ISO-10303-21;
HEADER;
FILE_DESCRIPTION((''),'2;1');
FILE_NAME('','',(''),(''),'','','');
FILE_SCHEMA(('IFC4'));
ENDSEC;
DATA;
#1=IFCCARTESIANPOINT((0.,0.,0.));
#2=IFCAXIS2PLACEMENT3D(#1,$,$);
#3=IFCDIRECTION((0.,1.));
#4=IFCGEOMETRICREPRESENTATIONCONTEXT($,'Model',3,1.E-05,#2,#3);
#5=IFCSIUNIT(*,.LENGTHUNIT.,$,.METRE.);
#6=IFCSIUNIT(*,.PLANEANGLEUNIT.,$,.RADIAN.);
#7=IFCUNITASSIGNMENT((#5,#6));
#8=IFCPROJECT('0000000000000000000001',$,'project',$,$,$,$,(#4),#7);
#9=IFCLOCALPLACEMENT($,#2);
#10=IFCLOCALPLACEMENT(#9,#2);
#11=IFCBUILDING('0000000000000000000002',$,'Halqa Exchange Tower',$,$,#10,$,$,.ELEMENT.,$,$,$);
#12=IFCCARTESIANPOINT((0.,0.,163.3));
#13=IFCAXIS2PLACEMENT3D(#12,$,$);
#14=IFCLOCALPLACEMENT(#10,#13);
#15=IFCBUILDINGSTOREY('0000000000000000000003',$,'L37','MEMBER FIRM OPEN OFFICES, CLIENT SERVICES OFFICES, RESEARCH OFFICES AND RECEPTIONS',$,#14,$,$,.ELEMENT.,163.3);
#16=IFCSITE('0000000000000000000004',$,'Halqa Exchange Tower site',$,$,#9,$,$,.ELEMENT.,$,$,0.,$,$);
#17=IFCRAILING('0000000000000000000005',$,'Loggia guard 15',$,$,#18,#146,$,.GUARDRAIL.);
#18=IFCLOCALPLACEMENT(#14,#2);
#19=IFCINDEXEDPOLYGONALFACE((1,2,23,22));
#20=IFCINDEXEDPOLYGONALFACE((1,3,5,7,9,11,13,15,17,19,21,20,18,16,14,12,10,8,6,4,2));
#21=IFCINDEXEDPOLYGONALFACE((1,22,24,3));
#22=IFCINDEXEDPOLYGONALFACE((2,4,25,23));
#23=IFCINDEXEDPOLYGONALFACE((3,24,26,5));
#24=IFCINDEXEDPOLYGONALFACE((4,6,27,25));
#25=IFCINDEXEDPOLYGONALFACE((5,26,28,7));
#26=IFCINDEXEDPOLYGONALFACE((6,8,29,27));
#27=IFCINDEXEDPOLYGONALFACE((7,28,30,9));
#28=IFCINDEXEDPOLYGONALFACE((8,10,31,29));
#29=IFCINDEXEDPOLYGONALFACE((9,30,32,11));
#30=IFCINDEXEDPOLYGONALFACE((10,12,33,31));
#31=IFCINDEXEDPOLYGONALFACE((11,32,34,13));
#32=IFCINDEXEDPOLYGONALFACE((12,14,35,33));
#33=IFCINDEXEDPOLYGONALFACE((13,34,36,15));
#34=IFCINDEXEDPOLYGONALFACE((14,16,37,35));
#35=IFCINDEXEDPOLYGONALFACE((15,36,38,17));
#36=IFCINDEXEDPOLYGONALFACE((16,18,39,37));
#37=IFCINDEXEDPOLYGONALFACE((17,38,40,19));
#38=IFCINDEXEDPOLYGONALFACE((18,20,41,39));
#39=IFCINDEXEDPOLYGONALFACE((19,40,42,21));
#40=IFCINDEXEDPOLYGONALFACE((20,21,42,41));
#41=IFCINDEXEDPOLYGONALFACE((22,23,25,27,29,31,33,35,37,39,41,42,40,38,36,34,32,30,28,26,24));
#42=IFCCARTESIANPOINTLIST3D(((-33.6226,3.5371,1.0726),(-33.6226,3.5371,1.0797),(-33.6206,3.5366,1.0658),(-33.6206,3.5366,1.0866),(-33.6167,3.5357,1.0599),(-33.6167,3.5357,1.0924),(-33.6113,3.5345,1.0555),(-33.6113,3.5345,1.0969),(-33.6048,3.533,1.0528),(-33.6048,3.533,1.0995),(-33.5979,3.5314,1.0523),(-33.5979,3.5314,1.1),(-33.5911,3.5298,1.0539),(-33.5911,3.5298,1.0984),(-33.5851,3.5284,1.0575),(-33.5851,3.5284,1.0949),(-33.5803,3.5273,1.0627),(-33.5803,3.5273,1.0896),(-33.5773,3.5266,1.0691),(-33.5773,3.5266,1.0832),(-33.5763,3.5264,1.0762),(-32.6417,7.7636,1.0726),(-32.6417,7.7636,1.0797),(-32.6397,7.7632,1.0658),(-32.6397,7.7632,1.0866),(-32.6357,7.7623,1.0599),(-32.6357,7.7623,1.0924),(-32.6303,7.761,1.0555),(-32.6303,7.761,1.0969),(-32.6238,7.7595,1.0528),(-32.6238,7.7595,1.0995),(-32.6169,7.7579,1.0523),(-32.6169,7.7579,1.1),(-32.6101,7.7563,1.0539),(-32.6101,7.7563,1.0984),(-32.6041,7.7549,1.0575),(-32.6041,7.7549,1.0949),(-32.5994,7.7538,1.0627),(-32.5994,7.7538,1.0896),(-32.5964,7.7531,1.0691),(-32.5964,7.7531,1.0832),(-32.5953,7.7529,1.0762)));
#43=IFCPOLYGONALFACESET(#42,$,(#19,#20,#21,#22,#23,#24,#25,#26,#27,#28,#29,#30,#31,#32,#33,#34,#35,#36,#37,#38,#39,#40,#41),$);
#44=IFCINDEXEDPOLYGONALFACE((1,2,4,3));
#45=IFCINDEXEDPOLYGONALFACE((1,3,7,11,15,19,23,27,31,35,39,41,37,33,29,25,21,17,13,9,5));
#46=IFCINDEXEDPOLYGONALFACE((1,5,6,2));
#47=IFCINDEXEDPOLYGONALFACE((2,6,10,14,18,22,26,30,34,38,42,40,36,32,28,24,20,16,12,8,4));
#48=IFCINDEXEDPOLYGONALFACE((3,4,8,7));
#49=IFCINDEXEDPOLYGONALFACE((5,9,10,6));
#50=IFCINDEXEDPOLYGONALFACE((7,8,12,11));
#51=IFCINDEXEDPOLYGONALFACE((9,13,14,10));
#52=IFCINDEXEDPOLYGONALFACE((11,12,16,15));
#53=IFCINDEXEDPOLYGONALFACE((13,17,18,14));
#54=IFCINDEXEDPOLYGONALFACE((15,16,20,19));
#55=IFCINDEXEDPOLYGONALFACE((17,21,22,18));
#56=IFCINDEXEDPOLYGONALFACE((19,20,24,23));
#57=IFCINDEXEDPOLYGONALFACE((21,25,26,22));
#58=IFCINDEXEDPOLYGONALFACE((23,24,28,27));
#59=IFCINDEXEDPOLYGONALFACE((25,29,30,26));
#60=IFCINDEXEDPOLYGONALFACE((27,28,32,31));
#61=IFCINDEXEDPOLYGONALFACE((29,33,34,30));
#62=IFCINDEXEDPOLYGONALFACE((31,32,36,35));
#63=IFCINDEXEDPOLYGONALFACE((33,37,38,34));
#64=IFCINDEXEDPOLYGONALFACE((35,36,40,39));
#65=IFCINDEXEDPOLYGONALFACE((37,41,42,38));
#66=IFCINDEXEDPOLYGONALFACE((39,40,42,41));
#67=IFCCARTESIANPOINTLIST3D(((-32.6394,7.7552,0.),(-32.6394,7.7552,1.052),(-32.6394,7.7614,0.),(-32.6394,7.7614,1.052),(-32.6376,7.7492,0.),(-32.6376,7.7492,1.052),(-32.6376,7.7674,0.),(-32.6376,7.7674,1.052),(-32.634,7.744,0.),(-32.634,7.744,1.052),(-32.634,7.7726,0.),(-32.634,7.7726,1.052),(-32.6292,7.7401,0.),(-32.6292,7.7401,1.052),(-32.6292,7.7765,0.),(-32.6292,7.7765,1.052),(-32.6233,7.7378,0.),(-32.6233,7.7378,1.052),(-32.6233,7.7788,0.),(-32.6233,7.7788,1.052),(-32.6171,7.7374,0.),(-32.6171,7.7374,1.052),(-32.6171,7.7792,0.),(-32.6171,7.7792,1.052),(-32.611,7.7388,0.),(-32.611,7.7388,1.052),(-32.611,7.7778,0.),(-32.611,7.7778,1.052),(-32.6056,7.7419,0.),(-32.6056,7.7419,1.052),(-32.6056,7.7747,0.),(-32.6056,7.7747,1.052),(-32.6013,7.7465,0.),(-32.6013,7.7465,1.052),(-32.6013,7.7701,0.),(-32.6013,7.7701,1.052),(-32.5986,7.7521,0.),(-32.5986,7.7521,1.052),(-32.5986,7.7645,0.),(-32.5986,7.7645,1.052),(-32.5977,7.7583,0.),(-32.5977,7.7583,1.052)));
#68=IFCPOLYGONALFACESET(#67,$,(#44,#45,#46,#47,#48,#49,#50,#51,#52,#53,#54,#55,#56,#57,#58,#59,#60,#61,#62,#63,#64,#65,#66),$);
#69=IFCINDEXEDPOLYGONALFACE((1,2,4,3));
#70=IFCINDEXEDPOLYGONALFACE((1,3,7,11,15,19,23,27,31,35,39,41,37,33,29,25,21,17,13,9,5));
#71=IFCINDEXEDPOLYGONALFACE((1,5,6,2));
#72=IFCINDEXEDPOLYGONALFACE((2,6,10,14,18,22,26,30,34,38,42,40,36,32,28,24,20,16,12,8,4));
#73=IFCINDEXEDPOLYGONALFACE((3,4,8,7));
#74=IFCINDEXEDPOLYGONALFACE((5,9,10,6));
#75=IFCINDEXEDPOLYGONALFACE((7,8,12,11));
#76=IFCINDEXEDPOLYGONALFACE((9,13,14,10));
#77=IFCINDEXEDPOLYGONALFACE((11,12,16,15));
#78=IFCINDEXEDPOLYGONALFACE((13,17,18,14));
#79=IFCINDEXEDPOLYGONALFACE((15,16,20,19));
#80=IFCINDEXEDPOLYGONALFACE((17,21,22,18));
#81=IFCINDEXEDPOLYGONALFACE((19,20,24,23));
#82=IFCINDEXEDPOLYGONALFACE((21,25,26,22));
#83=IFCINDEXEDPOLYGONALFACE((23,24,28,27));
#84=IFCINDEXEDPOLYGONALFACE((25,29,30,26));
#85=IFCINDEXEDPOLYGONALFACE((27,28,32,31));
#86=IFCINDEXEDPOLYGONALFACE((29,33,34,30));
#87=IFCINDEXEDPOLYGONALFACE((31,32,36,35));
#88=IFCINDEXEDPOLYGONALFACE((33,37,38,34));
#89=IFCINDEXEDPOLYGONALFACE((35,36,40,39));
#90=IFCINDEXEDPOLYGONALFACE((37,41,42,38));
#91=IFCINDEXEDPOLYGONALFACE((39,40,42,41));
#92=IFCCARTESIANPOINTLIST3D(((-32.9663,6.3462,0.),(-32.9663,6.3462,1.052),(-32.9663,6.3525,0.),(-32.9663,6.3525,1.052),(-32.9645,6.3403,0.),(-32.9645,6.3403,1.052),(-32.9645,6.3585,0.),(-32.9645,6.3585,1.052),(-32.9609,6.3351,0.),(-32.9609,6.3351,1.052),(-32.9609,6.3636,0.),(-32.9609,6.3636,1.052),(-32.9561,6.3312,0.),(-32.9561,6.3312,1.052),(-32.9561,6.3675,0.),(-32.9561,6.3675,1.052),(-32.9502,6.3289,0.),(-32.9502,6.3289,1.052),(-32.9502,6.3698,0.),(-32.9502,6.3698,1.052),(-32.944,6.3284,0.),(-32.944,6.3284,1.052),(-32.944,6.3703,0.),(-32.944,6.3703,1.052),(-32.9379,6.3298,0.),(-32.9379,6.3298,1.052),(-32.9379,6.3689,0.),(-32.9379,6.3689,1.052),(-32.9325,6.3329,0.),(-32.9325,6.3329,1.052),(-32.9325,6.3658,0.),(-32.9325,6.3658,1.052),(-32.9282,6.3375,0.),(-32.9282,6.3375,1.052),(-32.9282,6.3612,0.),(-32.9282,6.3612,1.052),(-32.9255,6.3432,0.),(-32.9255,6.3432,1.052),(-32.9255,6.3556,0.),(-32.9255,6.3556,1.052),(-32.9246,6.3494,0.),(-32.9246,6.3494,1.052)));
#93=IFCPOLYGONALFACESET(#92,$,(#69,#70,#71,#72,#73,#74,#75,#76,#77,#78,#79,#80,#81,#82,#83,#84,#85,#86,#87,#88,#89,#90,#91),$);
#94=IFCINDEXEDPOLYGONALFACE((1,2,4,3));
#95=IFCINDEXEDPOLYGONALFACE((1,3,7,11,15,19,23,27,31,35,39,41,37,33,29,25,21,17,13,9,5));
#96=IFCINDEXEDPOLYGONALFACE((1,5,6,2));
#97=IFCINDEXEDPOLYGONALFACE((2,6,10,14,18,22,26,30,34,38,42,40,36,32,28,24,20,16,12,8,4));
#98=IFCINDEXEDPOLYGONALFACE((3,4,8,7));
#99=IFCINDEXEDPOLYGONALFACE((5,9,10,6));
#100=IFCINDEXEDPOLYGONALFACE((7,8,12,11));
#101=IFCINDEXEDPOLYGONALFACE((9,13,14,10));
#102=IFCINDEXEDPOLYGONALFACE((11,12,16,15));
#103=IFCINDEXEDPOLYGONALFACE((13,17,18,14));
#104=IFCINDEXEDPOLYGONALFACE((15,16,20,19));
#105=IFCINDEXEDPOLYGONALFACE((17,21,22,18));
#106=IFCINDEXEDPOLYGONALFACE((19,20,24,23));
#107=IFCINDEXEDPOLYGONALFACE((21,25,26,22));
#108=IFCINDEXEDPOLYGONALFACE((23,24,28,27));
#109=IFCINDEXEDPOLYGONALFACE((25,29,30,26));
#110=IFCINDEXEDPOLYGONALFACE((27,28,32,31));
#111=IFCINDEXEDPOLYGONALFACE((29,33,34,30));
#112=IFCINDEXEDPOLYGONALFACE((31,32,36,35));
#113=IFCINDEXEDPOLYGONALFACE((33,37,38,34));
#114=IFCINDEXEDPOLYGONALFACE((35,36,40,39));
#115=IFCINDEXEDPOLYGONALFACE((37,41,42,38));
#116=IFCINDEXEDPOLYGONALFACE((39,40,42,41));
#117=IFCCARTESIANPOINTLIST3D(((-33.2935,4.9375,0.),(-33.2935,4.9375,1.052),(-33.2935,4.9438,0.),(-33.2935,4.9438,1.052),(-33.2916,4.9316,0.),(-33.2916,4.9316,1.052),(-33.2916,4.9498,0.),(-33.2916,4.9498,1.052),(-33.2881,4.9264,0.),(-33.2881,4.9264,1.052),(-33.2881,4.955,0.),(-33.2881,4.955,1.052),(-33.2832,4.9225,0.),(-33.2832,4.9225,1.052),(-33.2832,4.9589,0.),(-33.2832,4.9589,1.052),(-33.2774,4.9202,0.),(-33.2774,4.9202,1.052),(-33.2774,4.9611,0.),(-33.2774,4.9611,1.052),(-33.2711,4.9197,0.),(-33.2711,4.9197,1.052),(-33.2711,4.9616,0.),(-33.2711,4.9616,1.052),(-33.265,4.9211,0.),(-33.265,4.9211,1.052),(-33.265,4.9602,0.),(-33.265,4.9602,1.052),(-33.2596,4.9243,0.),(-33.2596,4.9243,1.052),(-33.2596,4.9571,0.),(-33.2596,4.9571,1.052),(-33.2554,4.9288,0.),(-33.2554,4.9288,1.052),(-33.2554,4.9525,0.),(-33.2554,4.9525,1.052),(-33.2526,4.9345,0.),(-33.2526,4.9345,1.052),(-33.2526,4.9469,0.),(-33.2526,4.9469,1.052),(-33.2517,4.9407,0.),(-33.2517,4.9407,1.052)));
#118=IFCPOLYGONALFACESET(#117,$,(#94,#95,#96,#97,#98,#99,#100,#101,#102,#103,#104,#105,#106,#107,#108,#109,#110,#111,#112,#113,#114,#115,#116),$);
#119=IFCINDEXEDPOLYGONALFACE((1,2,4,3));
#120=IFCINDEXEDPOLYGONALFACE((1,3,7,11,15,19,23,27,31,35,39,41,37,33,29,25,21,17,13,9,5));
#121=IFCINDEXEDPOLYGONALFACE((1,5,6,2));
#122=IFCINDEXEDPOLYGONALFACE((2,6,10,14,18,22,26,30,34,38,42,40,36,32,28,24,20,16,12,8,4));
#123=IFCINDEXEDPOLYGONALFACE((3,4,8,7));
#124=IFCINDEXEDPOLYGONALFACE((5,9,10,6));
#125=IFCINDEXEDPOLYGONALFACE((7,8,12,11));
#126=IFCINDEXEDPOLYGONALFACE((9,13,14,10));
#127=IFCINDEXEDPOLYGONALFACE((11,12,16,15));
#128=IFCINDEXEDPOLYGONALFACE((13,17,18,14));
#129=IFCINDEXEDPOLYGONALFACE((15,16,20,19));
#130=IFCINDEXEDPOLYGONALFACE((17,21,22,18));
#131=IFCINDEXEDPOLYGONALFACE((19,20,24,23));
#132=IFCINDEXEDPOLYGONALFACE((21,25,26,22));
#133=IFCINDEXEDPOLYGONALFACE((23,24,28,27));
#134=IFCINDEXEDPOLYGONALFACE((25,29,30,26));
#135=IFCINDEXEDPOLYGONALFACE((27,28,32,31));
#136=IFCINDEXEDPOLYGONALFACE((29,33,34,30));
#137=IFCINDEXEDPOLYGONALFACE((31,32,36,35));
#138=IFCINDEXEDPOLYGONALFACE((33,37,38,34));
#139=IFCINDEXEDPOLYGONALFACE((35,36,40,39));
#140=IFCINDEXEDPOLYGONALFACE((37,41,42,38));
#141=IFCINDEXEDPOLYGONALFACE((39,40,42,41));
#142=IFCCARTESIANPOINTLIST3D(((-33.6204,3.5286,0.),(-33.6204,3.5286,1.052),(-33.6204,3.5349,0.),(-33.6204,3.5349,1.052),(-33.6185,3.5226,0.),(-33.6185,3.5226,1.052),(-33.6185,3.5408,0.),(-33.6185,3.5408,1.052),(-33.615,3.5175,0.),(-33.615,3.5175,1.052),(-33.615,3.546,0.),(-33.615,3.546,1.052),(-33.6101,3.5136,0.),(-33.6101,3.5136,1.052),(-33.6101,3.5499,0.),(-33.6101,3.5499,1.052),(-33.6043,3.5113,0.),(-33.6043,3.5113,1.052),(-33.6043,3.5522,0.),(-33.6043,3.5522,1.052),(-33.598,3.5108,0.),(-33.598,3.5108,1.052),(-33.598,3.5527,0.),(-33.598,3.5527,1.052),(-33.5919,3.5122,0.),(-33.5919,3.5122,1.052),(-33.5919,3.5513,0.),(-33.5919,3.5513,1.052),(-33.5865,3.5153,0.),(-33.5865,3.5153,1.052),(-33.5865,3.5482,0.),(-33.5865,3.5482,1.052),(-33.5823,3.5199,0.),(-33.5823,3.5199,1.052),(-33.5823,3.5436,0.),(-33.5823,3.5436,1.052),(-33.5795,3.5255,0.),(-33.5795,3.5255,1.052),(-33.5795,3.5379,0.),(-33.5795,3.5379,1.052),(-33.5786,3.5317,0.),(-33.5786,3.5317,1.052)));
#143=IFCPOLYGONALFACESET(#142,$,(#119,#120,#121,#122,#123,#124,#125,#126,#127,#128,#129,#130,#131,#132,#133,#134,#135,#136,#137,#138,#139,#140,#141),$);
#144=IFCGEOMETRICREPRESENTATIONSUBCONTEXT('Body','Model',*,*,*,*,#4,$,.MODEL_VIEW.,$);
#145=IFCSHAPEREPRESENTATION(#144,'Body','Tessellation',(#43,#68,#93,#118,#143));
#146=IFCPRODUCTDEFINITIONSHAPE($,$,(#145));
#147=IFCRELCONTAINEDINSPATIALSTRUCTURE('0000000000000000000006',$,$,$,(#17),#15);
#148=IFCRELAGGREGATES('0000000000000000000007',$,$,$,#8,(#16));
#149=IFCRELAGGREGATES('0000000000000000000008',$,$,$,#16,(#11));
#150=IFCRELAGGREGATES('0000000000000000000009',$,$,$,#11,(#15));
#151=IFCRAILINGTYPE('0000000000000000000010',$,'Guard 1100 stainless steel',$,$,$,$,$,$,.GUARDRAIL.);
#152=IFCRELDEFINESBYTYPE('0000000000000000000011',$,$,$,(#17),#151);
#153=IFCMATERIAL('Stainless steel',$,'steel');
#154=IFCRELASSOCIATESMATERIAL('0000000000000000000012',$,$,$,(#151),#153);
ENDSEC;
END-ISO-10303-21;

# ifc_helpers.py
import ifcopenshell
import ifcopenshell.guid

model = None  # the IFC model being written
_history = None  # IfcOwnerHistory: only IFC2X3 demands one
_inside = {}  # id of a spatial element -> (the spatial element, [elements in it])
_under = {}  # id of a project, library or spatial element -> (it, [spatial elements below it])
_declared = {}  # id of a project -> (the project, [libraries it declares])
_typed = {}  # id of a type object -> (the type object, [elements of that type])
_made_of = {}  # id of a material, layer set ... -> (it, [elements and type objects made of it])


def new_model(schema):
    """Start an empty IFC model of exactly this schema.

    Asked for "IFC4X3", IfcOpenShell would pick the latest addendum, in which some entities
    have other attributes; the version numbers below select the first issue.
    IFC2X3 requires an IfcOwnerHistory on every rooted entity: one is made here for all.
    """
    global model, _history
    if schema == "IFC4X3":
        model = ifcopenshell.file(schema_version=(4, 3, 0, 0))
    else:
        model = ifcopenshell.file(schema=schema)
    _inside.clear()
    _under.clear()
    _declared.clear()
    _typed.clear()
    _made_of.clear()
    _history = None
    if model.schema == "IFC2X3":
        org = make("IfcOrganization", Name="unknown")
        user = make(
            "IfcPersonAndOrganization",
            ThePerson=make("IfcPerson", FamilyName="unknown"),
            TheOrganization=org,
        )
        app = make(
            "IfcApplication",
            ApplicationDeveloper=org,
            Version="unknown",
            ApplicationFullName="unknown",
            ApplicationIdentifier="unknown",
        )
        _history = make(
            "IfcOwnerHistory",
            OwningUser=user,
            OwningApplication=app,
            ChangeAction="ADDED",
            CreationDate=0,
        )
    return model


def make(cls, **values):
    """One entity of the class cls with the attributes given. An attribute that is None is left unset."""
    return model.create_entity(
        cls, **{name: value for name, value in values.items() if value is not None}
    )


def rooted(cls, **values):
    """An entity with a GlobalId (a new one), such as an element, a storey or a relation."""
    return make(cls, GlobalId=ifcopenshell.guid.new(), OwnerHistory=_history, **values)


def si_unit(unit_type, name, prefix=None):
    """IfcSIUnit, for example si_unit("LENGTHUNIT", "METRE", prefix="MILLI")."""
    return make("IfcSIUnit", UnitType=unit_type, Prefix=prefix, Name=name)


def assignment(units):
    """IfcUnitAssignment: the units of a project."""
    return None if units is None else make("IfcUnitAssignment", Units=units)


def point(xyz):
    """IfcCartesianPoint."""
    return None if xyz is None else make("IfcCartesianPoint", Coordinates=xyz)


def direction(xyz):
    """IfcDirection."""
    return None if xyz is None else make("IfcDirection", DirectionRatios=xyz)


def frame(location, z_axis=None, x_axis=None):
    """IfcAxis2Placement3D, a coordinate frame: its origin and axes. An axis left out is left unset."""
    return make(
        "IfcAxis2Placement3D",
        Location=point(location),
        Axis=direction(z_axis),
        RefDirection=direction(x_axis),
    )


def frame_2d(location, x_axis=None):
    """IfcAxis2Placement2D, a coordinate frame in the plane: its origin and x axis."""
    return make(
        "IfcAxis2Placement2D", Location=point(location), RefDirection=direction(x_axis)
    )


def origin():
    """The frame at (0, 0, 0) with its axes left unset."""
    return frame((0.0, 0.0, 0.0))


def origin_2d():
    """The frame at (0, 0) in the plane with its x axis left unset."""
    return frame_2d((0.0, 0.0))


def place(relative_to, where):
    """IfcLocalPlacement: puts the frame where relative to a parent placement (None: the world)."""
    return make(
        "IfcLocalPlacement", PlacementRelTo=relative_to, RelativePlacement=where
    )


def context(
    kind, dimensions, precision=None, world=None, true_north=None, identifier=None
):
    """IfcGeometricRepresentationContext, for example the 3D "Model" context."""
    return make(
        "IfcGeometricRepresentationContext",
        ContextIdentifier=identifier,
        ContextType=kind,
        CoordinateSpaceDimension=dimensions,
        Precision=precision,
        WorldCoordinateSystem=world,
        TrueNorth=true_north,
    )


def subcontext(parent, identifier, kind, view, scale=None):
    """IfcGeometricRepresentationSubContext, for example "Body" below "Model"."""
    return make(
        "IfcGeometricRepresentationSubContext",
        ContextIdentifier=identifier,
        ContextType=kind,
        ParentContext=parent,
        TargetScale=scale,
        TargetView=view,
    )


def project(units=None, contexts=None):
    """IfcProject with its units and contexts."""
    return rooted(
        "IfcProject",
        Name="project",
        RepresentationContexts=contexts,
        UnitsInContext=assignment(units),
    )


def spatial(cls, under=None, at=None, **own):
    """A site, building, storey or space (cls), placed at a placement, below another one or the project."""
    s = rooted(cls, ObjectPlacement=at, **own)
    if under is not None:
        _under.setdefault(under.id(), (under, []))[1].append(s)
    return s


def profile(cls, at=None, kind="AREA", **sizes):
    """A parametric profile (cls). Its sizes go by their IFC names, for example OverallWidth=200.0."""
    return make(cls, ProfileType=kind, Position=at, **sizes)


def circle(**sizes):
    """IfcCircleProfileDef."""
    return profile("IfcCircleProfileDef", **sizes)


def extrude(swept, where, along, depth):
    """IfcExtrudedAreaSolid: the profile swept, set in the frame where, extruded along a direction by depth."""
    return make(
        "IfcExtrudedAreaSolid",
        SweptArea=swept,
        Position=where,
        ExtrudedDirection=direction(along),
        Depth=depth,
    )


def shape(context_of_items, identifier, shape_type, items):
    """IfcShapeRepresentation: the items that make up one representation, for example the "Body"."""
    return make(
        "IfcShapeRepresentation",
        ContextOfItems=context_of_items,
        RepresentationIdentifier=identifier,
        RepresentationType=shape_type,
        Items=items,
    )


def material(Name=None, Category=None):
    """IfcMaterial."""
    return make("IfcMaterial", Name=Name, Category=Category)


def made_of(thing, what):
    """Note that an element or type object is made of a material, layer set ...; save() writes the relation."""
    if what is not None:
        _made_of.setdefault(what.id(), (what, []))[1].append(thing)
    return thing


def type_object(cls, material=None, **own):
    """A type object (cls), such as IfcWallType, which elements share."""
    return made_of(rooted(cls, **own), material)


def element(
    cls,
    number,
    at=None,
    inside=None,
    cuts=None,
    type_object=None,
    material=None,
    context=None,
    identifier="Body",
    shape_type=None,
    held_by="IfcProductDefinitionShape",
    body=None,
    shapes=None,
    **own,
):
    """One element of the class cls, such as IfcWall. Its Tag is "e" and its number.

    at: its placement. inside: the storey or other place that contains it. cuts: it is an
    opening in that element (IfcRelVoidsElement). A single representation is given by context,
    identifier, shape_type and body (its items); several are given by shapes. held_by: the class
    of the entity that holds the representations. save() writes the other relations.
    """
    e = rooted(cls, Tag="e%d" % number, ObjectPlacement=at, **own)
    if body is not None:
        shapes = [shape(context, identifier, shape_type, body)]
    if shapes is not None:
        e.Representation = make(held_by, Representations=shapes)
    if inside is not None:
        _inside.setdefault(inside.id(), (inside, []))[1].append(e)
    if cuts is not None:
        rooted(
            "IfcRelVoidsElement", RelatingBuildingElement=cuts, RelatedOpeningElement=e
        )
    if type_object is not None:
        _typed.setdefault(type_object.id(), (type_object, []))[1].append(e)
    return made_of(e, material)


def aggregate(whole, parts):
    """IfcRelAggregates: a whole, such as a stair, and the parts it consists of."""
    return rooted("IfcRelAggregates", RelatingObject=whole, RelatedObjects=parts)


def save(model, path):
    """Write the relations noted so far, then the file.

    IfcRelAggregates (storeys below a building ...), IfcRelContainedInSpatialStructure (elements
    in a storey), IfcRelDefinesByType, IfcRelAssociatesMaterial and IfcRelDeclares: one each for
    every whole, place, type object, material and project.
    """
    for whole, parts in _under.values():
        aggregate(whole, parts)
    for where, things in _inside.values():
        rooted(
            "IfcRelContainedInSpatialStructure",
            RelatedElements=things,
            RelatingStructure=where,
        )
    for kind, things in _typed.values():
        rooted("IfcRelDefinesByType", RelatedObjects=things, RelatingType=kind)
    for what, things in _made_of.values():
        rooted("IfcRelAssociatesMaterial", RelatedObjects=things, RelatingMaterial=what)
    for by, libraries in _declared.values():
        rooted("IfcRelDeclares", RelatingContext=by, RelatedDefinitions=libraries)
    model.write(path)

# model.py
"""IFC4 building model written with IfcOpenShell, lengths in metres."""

from ifc_helpers import new_model, si_unit, direction, frame, origin, origin_2d, place, context, subcontext, project, spatial, circle, extrude, material, type_object, element, save


model = new_model("IFC4")

# Units and contexts
model_context = context("Model", 3, precision=1e-05, world=origin(), true_north=direction((0.0, 1.0)))
body_context = subcontext(model_context, "Body", "Model", "MODEL_VIEW")
ifc_project = project(units=[si_unit("LENGTHUNIT", "METRE"), si_unit("PLANEANGLEUNIT", "RADIAN")], contexts=[model_context])

# Site, building, storey
site_placement = place(None, origin())
site = spatial("IfcSite", under=ifc_project, at=site_placement, Name="Halqa Exchange Tower site", CompositionType="ELEMENT", RefElevation=0.0)
building_placement = place(site_placement, origin())
building = spatial("IfcBuilding", under=site, at=building_placement, Name="Halqa Exchange Tower", CompositionType="ELEMENT")
storey_placement = place(building_placement, frame((0.0, 0.0, 163.3)))
storey = spatial("IfcBuildingStorey", under=building, at=storey_placement, Name="L37", Description="MEMBER FIRM OPEN OFFICES, CLIENT SERVICES OFFICES, RESEARCH OFFICES AND RECEPTIONS", CompositionType="ELEMENT", Elevation=163.3)

# Railing
ifc_material_1 = material(Name="Stainless steel", Category="steel")
railing_type = type_object("IfcRailingType", Name="Guard 1100 stainless steel", PredefinedType="GUARDRAIL", material=ifc_material_1)
railing_1_placement = place(storey_placement, frame((-32.6187, 7.7583, 0.0)))
element("IfcRailing", 1, at=railing_1_placement, inside=storey, type_object=railing_type, Name="Loggia guard 15", PredefinedType="GUARDRAIL", context=body_context, shape_type="SweptSolid", body=[
    extrude(circle(Radius=0.0239, at=origin_2d()), frame((0.0, 0.0, 1.0762), z_axis=(-0.226084, -0.974108, 0.0), x_axis=(0.974108, -0.226084, 0.0)), (0.0, 0.0, 1.0), 4.3389),
    extrude(circle(Radius=0.021, at=origin_2d()), origin(), (0.0, 0.0, 1.0), 1.052),
    extrude(circle(Radius=0.021, at=origin_2d()), frame((-0.3269, -1.4089, 0.0)), (0.0, 0.0, 1.0), 1.052),
    extrude(circle(Radius=0.021, at=origin_2d()), frame((-0.6541, -2.8176, 0.0)), (0.0, 0.0, 1.0), 1.052),
    extrude(circle(Radius=0.021, at=origin_2d()), frame((-0.981, -4.2266, 0.0)), (0.0, 0.0, 1.0), 1.052),
])

save(model, "model.ifc")
